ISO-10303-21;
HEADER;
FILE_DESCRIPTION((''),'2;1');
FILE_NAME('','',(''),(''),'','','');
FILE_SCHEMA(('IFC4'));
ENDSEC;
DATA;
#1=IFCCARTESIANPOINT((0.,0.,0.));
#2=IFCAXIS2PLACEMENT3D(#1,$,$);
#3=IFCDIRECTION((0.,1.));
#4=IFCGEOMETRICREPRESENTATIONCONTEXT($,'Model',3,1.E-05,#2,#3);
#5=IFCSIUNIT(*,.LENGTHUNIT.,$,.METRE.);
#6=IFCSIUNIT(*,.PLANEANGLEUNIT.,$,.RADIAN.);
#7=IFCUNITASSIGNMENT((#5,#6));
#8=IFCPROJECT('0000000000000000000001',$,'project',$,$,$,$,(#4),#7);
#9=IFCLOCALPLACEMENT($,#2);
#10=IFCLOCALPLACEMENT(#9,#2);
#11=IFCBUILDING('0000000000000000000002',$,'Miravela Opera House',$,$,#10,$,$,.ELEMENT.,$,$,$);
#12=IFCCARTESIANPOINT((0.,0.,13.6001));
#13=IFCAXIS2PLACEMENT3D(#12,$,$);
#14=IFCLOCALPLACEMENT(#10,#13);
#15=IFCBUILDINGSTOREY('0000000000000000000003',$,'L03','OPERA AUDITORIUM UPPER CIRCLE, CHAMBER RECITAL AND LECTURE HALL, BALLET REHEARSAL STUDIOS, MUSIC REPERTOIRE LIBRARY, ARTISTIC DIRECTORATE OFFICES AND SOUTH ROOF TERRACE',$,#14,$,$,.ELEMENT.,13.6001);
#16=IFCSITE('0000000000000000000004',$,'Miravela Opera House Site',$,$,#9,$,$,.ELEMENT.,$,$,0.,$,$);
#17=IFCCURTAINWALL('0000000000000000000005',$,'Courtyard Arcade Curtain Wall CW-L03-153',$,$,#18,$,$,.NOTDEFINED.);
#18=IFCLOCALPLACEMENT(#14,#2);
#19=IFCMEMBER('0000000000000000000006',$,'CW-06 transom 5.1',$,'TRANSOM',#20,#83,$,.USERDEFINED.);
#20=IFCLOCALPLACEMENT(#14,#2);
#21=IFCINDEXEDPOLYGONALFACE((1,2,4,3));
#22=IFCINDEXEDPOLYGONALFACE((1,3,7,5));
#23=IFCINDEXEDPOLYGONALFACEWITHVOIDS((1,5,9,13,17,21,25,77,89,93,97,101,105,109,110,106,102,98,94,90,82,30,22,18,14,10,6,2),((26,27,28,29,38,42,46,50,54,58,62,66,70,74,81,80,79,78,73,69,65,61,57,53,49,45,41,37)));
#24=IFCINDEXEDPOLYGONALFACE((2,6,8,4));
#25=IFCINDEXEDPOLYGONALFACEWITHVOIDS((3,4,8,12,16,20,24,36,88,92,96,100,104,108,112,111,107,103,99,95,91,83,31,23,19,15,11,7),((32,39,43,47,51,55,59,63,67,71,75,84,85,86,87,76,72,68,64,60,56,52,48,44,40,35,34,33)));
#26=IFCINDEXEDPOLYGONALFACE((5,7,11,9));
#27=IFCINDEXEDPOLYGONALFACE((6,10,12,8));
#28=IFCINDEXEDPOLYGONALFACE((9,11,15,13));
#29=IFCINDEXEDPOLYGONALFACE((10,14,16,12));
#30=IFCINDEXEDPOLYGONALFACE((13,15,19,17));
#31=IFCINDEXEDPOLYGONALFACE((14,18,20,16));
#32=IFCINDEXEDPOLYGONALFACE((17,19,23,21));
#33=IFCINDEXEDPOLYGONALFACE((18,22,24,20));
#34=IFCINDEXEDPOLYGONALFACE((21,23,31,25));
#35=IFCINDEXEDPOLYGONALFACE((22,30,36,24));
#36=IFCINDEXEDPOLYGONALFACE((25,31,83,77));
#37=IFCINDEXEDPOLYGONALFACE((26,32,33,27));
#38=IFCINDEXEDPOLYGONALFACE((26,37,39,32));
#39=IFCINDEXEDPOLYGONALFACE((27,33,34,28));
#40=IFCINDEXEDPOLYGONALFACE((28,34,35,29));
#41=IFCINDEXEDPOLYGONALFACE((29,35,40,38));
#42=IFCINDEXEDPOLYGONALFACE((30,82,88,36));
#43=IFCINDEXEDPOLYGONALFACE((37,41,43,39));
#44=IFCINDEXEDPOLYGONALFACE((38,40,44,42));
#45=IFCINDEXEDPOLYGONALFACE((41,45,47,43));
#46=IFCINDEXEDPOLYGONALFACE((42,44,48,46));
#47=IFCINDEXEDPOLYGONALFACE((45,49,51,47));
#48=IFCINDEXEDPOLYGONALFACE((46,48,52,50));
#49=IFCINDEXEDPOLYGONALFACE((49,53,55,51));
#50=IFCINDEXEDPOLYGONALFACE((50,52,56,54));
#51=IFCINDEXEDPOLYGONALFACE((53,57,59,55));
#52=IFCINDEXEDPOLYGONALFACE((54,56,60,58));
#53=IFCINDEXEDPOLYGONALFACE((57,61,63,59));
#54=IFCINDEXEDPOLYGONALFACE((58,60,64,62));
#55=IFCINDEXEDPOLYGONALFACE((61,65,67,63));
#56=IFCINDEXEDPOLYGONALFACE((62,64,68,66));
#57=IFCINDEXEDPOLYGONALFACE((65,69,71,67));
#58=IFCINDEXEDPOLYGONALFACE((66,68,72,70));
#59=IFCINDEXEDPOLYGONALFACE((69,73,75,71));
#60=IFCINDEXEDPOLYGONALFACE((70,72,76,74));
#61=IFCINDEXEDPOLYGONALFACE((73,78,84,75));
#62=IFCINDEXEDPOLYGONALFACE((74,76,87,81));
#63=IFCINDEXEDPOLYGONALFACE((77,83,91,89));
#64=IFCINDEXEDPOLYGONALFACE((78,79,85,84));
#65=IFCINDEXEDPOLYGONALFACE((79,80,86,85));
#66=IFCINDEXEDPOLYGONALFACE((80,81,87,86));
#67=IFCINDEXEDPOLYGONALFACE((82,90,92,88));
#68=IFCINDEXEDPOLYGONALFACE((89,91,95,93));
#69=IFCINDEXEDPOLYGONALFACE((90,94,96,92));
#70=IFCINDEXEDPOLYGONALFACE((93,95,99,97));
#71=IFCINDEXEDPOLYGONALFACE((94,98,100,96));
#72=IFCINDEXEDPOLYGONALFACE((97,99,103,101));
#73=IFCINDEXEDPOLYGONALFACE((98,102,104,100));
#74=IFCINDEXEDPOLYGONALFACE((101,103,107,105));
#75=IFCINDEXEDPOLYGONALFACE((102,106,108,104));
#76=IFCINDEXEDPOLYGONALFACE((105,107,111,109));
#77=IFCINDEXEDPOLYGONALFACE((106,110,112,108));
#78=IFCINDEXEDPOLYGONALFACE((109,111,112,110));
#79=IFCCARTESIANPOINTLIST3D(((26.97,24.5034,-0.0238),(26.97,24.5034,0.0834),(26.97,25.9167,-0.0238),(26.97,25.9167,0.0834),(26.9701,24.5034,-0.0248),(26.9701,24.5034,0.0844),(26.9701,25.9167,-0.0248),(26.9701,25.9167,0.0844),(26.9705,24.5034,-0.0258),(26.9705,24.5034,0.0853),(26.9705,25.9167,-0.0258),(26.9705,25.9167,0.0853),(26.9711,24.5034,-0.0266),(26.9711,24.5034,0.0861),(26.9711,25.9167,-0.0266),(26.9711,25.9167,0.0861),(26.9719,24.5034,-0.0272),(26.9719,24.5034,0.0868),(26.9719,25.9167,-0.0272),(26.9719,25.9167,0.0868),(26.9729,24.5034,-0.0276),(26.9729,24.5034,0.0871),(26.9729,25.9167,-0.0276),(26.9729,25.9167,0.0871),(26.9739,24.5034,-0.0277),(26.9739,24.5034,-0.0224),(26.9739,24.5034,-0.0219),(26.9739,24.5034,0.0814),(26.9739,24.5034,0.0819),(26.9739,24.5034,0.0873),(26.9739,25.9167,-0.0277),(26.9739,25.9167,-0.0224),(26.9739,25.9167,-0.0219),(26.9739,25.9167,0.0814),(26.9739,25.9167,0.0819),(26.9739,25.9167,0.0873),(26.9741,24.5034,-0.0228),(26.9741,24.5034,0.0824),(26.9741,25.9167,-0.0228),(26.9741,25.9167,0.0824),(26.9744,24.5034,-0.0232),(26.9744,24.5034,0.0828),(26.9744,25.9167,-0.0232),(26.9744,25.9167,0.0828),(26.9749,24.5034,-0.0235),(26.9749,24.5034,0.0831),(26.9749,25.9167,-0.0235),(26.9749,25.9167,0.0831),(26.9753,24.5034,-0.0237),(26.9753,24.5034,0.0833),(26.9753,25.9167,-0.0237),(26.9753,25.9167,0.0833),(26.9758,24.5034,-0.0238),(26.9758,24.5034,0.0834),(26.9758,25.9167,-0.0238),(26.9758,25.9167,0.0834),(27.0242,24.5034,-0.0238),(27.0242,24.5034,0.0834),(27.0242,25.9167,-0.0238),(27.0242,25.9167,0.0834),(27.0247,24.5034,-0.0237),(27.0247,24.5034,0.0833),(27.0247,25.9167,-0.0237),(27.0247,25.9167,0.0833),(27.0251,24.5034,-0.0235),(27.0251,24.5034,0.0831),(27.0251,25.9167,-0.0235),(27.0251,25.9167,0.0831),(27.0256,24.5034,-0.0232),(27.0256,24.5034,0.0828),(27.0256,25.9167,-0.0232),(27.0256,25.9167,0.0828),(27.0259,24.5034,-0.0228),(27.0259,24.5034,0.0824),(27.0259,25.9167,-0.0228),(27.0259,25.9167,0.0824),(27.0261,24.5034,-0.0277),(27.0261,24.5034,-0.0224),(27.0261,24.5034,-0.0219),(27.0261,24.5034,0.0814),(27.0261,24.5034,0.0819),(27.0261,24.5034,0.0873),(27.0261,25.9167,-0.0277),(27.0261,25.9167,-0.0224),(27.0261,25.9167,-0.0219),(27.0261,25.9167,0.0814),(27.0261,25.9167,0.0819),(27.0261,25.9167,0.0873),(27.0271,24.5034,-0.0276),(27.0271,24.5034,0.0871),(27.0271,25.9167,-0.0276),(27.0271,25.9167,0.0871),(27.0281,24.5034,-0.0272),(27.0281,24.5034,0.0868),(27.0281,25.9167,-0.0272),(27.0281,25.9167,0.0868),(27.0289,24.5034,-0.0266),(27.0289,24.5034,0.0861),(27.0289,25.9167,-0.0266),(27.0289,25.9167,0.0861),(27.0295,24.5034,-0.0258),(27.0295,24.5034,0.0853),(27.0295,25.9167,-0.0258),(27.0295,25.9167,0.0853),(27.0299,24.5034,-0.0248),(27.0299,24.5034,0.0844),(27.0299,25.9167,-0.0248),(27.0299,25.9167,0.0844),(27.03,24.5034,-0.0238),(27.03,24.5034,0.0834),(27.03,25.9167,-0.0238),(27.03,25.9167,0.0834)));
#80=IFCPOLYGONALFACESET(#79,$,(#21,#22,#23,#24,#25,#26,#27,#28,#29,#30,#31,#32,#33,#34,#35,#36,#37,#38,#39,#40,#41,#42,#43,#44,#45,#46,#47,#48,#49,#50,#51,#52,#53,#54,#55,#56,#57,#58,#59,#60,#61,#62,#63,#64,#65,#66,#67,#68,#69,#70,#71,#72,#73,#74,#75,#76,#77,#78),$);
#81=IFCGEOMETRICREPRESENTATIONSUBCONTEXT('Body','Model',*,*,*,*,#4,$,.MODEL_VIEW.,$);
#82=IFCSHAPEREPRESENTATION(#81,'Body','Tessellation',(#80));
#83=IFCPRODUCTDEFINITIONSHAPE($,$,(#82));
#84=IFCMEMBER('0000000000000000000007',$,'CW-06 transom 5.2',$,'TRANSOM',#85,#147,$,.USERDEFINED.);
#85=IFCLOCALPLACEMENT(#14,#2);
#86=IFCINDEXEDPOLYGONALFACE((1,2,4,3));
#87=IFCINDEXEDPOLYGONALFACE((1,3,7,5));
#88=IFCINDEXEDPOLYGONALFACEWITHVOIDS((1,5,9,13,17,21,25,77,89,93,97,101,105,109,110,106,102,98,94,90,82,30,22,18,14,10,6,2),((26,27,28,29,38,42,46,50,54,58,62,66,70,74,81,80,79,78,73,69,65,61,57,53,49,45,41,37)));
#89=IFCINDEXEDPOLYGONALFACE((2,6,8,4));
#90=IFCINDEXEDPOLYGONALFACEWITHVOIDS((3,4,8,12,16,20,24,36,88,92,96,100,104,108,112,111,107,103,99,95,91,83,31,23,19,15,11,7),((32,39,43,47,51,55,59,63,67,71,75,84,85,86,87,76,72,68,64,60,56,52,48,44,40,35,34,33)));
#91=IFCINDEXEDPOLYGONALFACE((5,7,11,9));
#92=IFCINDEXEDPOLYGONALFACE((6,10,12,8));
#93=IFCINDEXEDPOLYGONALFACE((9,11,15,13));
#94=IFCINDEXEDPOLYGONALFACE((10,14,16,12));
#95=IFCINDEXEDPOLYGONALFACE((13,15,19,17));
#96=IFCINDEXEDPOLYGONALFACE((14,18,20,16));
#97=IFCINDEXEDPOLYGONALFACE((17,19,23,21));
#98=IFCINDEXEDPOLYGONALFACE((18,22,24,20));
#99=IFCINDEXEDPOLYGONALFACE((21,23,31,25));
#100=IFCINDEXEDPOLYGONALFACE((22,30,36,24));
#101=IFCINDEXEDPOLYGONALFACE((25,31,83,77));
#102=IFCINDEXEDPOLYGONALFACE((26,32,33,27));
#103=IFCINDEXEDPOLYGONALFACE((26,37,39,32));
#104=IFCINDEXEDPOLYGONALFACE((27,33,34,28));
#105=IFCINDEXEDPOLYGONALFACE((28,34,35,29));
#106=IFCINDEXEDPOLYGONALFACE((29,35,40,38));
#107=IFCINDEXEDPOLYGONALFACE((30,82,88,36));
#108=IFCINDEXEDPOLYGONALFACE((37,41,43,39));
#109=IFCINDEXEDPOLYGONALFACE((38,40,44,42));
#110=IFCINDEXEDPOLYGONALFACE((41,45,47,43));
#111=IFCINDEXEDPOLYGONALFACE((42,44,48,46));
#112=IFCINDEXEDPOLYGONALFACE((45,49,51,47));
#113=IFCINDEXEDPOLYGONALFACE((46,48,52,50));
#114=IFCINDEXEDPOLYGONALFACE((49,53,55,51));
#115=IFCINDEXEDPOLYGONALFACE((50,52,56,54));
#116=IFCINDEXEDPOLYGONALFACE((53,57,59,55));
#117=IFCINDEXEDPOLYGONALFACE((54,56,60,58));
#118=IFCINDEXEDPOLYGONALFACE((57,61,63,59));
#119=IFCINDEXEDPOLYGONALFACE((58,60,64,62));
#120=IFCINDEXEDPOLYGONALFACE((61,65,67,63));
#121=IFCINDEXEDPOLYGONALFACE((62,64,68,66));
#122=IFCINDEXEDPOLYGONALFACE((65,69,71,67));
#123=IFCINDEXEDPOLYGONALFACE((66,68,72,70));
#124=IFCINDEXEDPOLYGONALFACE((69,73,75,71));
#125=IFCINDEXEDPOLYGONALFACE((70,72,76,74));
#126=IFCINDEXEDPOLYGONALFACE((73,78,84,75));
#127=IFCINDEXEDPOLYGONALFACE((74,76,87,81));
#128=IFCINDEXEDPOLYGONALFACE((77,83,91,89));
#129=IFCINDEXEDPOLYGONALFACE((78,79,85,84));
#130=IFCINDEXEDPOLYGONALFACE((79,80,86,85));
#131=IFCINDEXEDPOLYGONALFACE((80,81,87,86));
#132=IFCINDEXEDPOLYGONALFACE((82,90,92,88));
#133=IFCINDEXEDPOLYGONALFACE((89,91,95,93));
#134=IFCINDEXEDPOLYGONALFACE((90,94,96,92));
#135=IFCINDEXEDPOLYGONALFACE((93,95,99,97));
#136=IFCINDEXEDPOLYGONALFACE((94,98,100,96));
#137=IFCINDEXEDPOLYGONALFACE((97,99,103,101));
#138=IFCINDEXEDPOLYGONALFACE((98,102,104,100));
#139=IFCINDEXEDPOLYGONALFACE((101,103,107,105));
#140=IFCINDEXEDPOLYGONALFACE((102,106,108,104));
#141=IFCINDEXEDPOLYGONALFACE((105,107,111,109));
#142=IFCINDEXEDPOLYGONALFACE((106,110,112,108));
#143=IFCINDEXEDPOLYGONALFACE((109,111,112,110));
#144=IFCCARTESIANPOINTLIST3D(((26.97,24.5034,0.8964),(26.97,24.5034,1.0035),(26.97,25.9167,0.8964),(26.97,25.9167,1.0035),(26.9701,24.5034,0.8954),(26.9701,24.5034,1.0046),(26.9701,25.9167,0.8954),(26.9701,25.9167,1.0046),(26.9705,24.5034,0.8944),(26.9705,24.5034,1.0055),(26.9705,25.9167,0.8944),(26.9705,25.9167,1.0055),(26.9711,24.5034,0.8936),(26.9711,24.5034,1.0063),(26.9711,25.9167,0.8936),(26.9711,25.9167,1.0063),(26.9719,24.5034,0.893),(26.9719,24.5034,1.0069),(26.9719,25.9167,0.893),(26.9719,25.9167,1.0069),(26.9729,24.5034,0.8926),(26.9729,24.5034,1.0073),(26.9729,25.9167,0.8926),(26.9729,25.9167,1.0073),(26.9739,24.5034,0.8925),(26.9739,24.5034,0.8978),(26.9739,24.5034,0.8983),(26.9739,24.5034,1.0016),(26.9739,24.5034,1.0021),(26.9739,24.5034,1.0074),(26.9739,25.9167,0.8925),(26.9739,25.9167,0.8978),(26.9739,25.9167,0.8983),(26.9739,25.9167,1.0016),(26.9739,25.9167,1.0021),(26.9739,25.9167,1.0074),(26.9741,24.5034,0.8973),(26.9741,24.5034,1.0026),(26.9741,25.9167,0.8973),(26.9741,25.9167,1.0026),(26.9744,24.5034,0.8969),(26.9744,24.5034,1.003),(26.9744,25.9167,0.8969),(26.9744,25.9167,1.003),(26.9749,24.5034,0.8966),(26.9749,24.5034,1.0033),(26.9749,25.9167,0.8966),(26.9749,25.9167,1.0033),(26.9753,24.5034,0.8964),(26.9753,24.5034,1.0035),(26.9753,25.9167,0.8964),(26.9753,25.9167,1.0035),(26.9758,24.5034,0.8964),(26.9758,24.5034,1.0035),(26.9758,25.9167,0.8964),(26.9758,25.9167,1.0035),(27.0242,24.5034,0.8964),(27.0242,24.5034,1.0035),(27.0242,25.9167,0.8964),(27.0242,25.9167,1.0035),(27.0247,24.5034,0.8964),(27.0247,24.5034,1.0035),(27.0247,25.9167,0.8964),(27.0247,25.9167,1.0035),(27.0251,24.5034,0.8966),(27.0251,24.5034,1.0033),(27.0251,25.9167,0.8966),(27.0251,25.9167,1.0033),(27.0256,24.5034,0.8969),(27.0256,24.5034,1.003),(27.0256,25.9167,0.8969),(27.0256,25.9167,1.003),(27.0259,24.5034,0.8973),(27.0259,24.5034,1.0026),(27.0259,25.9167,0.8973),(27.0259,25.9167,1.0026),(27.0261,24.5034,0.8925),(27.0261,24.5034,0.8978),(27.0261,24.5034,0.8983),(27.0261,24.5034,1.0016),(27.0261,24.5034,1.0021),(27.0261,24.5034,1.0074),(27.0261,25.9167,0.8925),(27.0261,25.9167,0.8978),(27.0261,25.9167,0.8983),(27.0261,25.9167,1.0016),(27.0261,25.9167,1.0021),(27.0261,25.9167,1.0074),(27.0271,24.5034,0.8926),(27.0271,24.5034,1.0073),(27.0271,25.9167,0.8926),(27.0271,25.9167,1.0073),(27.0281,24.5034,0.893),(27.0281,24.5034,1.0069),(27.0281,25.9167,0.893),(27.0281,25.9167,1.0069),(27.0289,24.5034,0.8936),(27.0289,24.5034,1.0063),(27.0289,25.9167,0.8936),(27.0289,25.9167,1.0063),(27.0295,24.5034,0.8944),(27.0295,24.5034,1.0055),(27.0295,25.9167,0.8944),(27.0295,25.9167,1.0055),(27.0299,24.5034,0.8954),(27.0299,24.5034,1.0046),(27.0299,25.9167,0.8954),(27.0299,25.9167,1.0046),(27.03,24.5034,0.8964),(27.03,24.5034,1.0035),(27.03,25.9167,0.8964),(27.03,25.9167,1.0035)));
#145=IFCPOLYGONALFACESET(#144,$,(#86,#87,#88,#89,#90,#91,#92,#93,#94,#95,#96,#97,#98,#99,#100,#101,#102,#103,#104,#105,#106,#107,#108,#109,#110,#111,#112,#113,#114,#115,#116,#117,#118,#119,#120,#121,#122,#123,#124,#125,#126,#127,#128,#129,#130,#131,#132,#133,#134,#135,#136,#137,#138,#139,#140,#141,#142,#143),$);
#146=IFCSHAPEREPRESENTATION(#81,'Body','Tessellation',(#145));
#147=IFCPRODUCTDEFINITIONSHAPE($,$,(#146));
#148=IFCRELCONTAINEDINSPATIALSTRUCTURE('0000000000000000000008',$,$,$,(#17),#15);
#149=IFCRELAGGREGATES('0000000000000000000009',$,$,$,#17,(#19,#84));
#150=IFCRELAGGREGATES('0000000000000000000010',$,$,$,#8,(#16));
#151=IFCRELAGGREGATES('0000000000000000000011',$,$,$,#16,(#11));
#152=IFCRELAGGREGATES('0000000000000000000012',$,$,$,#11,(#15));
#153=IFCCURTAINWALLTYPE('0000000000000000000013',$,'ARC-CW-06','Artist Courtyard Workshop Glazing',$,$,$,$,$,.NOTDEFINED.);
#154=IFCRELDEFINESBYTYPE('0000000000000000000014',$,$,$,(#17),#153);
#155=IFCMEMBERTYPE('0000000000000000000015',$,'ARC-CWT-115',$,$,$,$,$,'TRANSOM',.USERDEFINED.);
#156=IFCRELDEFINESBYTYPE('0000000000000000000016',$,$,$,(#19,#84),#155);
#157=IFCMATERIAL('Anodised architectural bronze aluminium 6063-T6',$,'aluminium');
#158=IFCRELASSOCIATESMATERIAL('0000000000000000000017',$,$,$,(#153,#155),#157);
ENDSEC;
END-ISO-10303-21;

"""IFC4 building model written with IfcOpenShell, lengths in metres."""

from ifc_helpers import new_model, si_unit, direction, frame, origin, origin_2d, place, context, subcontext, project, spatial, hollow_rectangle, extrude, material, material_profile, profile_set, type_object, element, aggregate, save


model = new_model("IFC4")

# Units and contexts
model_context = context("Model", 3, precision=1e-05, world=origin(), true_north=direction((0.0, 1.0)))
body_context = subcontext(model_context, "Body", "Model", "MODEL_VIEW")
ifc_project = project(units=[si_unit("LENGTHUNIT", "METRE"), si_unit("PLANEANGLEUNIT", "RADIAN")], contexts=[model_context])

# Site, building, storey
site_placement = place(None, origin())
site = spatial("IfcSite", under=ifc_project, at=site_placement, Name="Miravela Opera House Site", CompositionType="ELEMENT", RefElevation=0.0)
building_placement = place(site_placement, origin())
building = spatial("IfcBuilding", under=site, at=building_placement, Name="Miravela Opera House", CompositionType="ELEMENT")
storey_placement = place(building_placement, frame((0.0, 0.0, 13.6001)))
storey = spatial("IfcBuildingStorey", under=building, at=storey_placement, Name="L03", Description="OPERA AUDITORIUM UPPER CIRCLE, CHAMBER RECITAL AND LECTURE HALL, BALLET REHEARSAL STUDIOS, MUSIC REPERTOIRE LIBRARY, ARTISTIC DIRECTORATE OFFICES AND SOUTH ROOF TERRACE", CompositionType="ELEMENT", Elevation=13.6001)

# Shared definitions
ifc_material_1 = material(Name="Anodised architectural bronze aluminium 6063-T6", Category="aluminium")
curtain_wall_type = type_object("IfcCurtainWallType", Name="ARC-CW-06", Description="Artist Courtyard Workshop Glazing", PredefinedType="NOTDEFINED", material=ifc_material_1)

# Curtain wall
curtain_wall_1_placement = place(storey_placement, origin())
curtain_wall_1 = element("IfcCurtainWall", 1, at=curtain_wall_1_placement, inside=storey, type_object=curtain_wall_type, Name="Courtyard Arcade Curtain Wall CW-L03-153", PredefinedType="NOTDEFINED")

# Members
ifc_material_profile_1 = material_profile(ifc_material_1, hollow_rectangle(XDim=0.0601, YDim=0.115, WallThickness=0.0039, InnerFilletRadius=0.002, OuterFilletRadius=0.0039, at=origin_2d()), Name="CWT-60X115")
ifc_profile_set_1 = profile_set([ifc_material_profile_1])
member_type_1 = type_object("IfcMemberType", Name="ARC-CWT-115", ElementType="TRANSOM", PredefinedType="USERDEFINED", material=ifc_profile_set_1)
member_1_placement = place(storey_placement, frame((27.0, 24.5034, 0.0298), z_axis=(0.0, 1.0, 0.0), x_axis=(-1.0, 0.0, 0.0)))
member_1 = element("IfcMember", 2, at=member_1_placement, type_object=member_type_1, Name="CW-06 transom 5.1", ObjectType="TRANSOM", PredefinedType="USERDEFINED", context=body_context, shape_type="SweptSolid", body=[
    extrude(hollow_rectangle(XDim=0.0601, YDim=0.115, WallThickness=0.0039, InnerFilletRadius=0.002, OuterFilletRadius=0.0039, at=origin_2d()), origin(), (0.0, 0.0, 1.0), 1.4133),
])
member_2_placement = place(storey_placement, frame((27.0, 24.5034, 0.95), z_axis=(0.0, 1.0, 0.0), x_axis=(-1.0, 0.0, 0.0)))
member_2 = element("IfcMember", 3, at=member_2_placement, type_object=member_type_1, Name="CW-06 transom 5.2", ObjectType="TRANSOM", PredefinedType="USERDEFINED", context=body_context, shape_type="SweptSolid", body=[
    extrude(hollow_rectangle(XDim=0.0601, YDim=0.115, WallThickness=0.0039, InnerFilletRadius=0.002, OuterFilletRadius=0.0039, at=origin_2d()), origin(), (0.0, 0.0, 1.0), 1.4133),
])

aggregate(curtain_wall_1, [member_1, member_2])

save(model, "model.ifc")
